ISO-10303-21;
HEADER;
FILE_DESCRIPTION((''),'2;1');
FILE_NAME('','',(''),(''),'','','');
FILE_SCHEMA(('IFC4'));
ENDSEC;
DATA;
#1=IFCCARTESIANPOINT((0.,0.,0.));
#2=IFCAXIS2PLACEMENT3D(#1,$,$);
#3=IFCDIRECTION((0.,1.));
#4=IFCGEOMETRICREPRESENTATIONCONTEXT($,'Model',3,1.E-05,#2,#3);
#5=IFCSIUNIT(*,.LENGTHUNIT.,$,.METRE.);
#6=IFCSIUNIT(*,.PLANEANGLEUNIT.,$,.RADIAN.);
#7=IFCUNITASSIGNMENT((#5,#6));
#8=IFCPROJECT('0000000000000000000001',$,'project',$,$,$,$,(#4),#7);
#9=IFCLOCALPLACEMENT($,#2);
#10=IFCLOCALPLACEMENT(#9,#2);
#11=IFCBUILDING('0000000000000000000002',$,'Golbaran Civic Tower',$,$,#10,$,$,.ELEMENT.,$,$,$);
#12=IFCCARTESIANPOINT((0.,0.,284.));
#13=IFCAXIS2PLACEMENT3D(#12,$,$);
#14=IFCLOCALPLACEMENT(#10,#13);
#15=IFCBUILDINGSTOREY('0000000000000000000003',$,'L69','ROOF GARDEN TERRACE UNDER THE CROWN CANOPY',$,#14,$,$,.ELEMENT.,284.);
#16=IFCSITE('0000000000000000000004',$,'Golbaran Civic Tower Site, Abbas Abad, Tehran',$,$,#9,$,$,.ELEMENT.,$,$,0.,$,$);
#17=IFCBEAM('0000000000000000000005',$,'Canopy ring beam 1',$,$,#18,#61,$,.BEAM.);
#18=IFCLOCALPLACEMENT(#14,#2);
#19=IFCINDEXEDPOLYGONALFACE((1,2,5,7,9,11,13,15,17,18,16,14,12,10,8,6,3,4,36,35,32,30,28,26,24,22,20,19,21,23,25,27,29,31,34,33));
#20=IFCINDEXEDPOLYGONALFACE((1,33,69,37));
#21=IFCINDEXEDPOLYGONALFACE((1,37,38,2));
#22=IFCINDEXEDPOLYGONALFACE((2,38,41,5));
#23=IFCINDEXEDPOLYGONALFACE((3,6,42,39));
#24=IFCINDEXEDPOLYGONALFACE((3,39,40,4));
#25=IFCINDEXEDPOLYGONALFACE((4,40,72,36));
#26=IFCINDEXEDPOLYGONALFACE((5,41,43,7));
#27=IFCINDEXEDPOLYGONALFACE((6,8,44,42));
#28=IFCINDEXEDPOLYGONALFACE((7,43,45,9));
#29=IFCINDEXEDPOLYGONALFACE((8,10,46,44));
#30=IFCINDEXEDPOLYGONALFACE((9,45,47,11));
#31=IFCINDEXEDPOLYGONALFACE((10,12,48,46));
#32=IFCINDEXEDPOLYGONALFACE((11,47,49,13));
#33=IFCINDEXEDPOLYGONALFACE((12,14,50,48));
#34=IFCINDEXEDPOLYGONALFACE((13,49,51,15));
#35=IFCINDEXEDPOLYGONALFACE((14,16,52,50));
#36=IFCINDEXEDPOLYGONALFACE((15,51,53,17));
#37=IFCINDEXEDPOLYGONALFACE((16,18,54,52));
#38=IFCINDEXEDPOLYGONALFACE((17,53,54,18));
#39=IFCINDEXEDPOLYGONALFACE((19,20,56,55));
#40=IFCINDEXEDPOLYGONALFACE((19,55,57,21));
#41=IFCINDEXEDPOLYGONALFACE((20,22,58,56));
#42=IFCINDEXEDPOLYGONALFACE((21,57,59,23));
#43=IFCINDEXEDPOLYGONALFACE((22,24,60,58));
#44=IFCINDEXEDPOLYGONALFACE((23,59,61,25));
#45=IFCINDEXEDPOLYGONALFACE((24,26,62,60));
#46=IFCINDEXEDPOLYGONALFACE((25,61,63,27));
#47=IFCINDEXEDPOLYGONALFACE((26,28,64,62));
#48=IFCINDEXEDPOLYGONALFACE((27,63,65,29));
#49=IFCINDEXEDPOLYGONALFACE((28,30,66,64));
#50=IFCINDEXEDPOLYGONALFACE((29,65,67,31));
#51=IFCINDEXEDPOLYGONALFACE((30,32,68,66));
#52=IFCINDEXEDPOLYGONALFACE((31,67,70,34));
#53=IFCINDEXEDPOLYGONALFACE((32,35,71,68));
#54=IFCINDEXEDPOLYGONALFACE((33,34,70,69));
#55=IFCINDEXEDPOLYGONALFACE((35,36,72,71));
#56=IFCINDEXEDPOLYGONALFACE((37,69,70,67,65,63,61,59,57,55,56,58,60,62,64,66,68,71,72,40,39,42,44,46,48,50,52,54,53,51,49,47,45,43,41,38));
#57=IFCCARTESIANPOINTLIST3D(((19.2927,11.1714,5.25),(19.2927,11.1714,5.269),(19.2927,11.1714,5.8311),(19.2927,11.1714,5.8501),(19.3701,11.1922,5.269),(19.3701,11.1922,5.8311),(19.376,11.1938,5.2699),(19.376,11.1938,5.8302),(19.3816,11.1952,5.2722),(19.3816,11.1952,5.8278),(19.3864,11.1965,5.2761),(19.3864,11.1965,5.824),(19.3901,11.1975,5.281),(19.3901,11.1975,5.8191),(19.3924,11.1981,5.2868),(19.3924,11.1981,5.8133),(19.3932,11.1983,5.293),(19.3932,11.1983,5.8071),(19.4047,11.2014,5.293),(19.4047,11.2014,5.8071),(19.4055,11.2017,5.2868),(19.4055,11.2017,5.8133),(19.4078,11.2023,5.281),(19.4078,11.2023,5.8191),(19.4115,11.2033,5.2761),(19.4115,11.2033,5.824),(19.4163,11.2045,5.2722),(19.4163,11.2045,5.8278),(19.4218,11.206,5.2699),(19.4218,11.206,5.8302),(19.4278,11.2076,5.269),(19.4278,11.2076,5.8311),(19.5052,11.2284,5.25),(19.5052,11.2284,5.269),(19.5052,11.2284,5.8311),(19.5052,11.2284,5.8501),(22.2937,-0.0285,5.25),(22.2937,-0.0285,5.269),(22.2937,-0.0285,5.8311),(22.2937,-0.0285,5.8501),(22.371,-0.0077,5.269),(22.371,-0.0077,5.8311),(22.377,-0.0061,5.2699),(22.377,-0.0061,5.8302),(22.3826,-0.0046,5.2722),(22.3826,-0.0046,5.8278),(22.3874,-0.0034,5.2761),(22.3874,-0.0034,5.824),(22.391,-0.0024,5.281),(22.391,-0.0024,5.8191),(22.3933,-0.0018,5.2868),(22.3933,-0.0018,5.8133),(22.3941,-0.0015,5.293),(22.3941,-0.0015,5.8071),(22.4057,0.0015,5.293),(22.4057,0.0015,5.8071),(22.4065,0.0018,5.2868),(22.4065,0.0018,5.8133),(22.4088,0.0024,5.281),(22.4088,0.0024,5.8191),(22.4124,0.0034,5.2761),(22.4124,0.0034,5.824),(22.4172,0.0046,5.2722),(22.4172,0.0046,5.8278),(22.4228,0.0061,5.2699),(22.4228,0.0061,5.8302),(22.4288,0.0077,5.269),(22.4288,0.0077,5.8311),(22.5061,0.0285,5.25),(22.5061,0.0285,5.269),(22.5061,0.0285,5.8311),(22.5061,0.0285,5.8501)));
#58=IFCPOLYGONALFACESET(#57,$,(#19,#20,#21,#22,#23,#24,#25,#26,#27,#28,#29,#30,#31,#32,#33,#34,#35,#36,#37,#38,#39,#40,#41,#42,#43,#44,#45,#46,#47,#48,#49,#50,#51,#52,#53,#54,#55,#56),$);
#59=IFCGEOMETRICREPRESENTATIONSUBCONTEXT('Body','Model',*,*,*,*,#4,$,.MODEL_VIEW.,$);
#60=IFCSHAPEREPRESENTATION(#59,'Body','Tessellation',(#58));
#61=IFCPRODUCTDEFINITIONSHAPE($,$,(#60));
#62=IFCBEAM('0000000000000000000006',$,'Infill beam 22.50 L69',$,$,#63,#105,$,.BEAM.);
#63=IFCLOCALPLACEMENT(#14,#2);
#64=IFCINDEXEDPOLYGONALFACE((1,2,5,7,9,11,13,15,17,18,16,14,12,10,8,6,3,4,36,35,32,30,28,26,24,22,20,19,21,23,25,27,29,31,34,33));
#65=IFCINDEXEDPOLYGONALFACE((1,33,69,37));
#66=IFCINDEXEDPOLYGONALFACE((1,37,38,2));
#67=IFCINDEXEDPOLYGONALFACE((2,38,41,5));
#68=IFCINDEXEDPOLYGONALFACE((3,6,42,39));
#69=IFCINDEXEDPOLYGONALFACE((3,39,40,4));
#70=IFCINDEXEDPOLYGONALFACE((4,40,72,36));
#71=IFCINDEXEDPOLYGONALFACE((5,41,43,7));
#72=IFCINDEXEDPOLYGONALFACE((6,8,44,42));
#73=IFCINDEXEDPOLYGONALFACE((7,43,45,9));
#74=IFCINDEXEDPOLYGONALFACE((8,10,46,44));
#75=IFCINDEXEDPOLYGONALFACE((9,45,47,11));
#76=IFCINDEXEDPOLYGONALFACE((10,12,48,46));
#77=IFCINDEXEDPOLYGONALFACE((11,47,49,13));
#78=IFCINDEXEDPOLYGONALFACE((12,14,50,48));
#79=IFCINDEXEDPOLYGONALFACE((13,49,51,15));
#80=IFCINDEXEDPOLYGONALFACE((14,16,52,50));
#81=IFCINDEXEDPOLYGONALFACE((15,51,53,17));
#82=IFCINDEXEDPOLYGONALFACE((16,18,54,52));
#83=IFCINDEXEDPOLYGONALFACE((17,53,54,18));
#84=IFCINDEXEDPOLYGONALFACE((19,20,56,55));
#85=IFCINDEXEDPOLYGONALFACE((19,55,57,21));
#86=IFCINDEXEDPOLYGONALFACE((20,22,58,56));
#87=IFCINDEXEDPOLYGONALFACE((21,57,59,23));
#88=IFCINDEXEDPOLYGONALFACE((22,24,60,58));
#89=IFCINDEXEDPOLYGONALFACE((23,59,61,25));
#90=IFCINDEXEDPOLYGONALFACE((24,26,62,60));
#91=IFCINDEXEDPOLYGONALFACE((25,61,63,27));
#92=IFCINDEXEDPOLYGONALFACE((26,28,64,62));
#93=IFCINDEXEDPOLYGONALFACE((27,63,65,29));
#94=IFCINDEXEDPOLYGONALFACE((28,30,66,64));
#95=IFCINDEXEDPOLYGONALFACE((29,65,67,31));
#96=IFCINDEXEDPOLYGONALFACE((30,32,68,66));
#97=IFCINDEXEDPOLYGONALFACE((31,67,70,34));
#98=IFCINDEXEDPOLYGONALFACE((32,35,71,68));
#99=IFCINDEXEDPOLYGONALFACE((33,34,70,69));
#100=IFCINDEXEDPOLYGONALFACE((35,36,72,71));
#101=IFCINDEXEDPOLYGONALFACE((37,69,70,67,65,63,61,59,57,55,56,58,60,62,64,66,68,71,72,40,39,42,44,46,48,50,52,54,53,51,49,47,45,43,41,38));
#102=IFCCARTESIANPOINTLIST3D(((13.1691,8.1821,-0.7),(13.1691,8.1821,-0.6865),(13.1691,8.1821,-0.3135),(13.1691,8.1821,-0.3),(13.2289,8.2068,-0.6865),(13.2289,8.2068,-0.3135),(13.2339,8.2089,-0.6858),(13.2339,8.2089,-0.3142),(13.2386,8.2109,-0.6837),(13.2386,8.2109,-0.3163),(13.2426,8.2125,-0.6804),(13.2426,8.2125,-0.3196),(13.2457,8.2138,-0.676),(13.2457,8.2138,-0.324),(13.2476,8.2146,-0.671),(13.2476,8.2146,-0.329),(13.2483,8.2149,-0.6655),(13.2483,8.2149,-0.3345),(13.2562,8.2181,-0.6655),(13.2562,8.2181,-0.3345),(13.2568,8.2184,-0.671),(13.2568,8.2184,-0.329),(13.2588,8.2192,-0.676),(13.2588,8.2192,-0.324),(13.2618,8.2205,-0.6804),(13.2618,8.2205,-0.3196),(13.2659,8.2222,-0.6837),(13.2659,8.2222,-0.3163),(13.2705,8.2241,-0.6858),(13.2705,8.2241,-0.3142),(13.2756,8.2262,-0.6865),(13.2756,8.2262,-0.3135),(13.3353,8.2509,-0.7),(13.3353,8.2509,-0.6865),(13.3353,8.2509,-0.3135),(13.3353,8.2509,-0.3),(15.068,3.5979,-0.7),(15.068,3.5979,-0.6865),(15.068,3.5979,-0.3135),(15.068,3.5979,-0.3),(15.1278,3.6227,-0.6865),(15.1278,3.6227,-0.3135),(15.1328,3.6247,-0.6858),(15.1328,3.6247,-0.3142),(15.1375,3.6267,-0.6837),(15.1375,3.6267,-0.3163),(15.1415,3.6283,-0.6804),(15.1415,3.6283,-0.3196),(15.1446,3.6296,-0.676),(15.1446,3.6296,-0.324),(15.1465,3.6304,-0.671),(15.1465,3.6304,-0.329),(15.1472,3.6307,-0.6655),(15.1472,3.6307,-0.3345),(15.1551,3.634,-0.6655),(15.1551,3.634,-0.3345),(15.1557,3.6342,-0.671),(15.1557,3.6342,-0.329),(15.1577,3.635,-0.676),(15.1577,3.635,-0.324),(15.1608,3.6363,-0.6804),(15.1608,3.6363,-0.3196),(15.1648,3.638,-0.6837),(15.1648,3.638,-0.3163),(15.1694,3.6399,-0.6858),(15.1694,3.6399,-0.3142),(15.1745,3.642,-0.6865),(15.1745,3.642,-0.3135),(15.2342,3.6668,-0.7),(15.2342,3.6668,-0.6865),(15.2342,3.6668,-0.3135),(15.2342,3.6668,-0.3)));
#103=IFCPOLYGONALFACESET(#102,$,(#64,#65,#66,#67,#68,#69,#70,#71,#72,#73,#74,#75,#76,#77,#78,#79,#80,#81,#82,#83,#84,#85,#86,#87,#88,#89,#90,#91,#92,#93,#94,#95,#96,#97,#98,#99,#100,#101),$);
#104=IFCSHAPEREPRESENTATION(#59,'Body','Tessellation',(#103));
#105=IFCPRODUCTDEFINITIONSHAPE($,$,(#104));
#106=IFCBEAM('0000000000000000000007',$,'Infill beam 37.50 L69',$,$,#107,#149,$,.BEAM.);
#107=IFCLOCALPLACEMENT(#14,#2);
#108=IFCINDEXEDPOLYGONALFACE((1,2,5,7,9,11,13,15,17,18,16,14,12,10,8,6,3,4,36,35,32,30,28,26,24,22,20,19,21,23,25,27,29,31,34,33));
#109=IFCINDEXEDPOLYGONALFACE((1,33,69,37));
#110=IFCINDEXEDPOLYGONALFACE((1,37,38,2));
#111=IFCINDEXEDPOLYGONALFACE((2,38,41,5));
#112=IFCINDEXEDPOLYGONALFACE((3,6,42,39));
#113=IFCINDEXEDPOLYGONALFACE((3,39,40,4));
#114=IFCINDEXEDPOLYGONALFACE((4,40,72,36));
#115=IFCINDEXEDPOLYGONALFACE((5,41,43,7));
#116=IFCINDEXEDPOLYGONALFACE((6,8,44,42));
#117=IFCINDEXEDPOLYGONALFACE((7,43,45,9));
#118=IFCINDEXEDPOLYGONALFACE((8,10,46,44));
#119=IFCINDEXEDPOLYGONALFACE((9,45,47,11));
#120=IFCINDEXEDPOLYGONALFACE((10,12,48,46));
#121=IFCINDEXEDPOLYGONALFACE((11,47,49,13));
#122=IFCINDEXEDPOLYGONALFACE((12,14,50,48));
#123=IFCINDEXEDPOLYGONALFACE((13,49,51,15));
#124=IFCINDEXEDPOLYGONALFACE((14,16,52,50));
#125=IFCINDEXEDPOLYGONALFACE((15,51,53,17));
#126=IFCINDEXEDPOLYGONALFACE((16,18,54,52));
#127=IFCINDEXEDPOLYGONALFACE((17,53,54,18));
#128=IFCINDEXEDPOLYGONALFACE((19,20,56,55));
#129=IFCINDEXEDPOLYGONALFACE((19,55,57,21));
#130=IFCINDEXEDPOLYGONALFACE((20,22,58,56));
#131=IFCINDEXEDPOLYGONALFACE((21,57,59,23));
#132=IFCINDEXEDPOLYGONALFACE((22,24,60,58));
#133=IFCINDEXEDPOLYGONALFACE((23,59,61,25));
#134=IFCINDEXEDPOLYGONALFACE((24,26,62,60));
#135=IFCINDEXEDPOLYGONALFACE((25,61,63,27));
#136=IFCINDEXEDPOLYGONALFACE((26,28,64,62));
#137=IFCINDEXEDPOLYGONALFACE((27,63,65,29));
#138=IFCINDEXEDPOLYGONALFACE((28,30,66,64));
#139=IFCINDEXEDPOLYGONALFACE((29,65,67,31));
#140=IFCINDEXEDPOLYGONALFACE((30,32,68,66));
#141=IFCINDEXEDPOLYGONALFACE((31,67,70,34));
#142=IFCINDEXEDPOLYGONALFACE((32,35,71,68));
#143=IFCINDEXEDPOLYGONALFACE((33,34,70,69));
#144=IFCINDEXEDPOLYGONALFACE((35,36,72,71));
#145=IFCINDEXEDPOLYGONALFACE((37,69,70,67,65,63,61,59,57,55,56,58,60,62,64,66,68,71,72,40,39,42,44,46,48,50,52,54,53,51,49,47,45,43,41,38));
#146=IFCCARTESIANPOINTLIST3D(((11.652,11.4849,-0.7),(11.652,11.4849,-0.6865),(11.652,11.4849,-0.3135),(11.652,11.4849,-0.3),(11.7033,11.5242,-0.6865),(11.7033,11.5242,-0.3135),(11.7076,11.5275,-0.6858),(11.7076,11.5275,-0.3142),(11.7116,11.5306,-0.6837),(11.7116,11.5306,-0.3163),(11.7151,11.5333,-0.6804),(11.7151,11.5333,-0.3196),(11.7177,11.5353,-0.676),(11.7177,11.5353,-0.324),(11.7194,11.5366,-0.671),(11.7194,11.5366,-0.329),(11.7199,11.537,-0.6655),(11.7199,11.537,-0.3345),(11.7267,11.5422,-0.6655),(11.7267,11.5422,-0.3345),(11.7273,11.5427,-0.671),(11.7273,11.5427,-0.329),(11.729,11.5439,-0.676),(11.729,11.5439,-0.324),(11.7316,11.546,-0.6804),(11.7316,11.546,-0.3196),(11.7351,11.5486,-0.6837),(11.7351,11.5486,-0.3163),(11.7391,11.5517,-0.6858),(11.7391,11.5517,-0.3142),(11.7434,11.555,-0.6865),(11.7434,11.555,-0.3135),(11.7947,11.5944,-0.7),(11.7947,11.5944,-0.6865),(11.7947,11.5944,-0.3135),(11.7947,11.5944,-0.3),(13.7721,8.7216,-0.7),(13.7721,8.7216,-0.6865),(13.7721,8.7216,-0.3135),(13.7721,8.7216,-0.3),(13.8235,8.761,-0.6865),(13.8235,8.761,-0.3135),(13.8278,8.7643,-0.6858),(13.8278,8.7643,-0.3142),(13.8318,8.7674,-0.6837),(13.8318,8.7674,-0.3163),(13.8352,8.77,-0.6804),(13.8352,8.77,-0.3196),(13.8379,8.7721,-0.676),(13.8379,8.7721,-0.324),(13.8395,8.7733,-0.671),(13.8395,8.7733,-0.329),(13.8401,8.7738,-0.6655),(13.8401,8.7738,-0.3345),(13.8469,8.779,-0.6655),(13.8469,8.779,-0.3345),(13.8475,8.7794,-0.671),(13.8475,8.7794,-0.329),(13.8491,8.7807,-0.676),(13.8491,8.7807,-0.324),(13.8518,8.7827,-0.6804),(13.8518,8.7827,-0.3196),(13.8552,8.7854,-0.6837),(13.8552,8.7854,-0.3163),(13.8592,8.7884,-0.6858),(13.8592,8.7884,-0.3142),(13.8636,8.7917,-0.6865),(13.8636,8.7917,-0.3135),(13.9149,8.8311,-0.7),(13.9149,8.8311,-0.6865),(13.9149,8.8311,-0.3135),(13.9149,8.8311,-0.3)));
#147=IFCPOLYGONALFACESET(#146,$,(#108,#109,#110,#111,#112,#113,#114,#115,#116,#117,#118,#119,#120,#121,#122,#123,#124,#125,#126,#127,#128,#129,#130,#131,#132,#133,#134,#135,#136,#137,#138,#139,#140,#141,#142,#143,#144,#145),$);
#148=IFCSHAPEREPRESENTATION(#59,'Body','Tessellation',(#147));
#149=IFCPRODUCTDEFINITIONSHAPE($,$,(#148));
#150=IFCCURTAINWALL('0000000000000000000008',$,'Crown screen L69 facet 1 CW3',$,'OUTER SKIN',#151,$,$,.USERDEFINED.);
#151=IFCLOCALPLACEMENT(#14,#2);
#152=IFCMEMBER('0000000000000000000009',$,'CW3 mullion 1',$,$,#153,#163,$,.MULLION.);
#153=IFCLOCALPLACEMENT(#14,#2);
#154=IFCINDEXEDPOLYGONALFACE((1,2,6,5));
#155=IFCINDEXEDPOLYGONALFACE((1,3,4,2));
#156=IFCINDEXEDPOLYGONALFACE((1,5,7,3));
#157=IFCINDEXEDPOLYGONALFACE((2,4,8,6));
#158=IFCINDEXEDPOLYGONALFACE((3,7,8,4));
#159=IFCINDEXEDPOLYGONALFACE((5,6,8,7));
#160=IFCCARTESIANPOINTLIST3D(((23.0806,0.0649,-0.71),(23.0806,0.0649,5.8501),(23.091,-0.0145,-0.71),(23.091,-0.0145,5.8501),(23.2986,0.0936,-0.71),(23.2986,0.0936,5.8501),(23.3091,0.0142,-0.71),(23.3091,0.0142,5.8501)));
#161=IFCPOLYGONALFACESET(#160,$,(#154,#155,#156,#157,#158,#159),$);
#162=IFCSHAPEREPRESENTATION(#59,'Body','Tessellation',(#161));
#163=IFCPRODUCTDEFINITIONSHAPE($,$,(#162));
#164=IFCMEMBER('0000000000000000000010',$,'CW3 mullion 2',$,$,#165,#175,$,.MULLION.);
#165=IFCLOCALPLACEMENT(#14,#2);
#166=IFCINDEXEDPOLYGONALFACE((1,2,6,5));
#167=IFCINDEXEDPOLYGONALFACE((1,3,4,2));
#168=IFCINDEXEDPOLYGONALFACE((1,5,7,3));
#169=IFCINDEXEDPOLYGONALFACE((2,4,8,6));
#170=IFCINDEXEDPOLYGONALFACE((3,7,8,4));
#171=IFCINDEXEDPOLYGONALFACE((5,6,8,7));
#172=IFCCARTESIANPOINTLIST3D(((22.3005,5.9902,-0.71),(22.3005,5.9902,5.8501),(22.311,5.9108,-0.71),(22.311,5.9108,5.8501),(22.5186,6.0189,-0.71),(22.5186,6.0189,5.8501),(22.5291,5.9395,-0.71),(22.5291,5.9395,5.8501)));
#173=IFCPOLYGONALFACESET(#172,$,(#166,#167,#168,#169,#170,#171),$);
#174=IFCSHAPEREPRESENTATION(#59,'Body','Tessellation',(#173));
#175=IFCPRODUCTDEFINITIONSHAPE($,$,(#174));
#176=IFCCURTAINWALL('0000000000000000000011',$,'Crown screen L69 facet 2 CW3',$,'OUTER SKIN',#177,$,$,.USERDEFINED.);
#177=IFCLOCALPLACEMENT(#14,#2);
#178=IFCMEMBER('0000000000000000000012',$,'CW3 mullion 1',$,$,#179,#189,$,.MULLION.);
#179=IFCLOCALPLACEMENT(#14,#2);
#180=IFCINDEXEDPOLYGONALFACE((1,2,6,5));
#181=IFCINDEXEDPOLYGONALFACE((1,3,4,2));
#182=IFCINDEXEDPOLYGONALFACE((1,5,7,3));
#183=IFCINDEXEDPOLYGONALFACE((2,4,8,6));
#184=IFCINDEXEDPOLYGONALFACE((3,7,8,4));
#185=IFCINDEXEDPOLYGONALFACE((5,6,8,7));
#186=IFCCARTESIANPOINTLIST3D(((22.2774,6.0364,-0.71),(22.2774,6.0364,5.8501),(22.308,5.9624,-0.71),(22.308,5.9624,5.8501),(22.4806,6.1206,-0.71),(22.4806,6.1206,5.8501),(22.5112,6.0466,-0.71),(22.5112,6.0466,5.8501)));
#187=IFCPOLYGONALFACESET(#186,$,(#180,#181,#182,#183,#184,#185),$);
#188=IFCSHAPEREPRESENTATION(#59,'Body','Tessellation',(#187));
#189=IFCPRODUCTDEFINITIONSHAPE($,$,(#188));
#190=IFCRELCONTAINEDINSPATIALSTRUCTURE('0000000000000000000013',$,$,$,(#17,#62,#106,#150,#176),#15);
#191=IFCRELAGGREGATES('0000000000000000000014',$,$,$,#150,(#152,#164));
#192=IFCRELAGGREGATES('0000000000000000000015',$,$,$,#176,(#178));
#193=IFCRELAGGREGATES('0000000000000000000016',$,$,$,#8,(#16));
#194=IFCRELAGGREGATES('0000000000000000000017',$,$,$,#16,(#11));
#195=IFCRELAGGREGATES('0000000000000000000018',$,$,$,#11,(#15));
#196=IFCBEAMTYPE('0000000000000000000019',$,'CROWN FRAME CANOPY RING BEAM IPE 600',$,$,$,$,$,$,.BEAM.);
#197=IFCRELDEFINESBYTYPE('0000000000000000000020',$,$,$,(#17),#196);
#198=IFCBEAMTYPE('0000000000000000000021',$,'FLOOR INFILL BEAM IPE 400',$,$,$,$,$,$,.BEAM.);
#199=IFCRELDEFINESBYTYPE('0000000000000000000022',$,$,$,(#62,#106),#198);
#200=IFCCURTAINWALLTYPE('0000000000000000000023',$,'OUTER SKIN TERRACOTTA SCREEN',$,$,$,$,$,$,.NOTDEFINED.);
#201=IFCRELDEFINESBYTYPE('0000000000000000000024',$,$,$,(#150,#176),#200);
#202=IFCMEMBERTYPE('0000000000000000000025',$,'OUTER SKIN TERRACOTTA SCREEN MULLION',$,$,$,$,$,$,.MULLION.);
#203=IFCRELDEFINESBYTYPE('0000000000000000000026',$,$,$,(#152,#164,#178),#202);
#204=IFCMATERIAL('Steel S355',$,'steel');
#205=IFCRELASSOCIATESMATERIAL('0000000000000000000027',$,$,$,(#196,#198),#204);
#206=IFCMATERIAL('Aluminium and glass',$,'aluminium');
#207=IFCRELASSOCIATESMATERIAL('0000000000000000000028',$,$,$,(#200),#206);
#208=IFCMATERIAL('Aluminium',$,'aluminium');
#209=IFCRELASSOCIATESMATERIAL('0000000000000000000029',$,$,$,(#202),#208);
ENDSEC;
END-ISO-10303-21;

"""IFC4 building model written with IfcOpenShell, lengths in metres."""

from ifc_helpers import new_model, si_unit, direction, frame, origin, origin_2d, place, context, subcontext, project, spatial, rectangle, i_section, extrude, material, material_profile, profile_set, type_object, element, aggregate, save


model = new_model("IFC4")

# Units and contexts
model_context = context("Model", 3, precision=1e-05, world=origin(), true_north=direction((0.0, 1.0)))
body_context = subcontext(model_context, "Body", "Model", "MODEL_VIEW")
ifc_project = project(units=[si_unit("LENGTHUNIT", "METRE"), si_unit("PLANEANGLEUNIT", "RADIAN")], contexts=[model_context])

# Site, building, storey
site_placement = place(None, origin())
site = spatial("IfcSite", under=ifc_project, at=site_placement, Name="Golbaran Civic Tower Site, Abbas Abad, Tehran", CompositionType="ELEMENT", RefElevation=0.0)
building_placement = place(site_placement, origin())
building = spatial("IfcBuilding", under=site, at=building_placement, Name="Golbaran Civic Tower", CompositionType="ELEMENT")
storey_placement = place(building_placement, frame((0.0, 0.0, 284.0)))
storey = spatial("IfcBuildingStorey", under=building, at=storey_placement, Name="L69", Description="ROOF GARDEN TERRACE UNDER THE CROWN CANOPY", CompositionType="ELEMENT", Elevation=284.0)

# Shared definitions
ifc_material_1 = material(Name="Steel S355", Category="steel")

# Beams
ifc_material_profile_1 = material_profile(ifc_material_1, i_section(OverallWidth=0.22, OverallDepth=0.6001, WebThickness=0.012, FlangeThickness=0.019, FilletRadius=0.0239, at=origin_2d()), Name="IPE 600")
ifc_profile_set_1 = profile_set([ifc_material_profile_1], Name="Steel S355")
beam_type_1 = type_object("IfcBeamType", Name="CROWN FRAME CANOPY RING BEAM IPE 600", PredefinedType="BEAM", material=ifc_profile_set_1)
beam_1_placement = place(storey_placement, frame((22.3999, 0.0, 5.55), z_axis=(-0.258816, 0.965927, 0.0), x_axis=(-0.965927, -0.258816, 0.0)))
element("IfcBeam", 1, at=beam_1_placement, inside=storey, type_object=beam_type_1, Name="Canopy ring beam 1", PredefinedType="BEAM", context=body_context, shape_type="SweptSolid", body=[
    extrude(i_section(OverallWidth=0.22, OverallDepth=0.6001, WebThickness=0.012, FlangeThickness=0.019, FilletRadius=0.0239, at=origin_2d()), origin(), (0.0, 0.0, 1.0), 11.595),
])
ifc_material_profile_2 = material_profile(ifc_material_1, i_section(OverallWidth=0.1799, OverallDepth=0.3999, WebThickness=0.0085, FlangeThickness=0.0134, FilletRadius=0.021, at=origin_2d()), Name="IPE 400")
ifc_profile_set_2 = profile_set([ifc_material_profile_2], Name="Steel S355")
beam_type_2 = type_object("IfcBeamType", Name="FLOOR INFILL BEAM IPE 400", PredefinedType="BEAM", material=ifc_profile_set_2)
beam_2_placement = place(storey_placement, frame((15.1511, 3.6323, -0.5), z_axis=(-0.382697, 0.923874, 0.0), x_axis=(-0.923874, -0.382697, 0.0)))
element("IfcBeam", 2, at=beam_2_placement, inside=storey, type_object=beam_type_2, Name="Infill beam 22.50 L69", PredefinedType="BEAM", context=body_context, shape_type="SweptSolid", body=[
    extrude(i_section(OverallWidth=0.1799, OverallDepth=0.3999, WebThickness=0.0085, FlangeThickness=0.0134, FilletRadius=0.021, at=origin_2d()), origin(), (0.0, 0.0, 1.0), 4.9619),
])
beam_3_placement = place(storey_placement, frame((13.8435, 8.7764, -0.5), z_axis=(-0.608735, 0.793374, 0.0), x_axis=(-0.793374, -0.608735, 0.0)))
element("IfcBeam", 3, at=beam_3_placement, inside=storey, type_object=beam_type_2, Name="Infill beam 37.50 L69", PredefinedType="BEAM", context=body_context, shape_type="SweptSolid", body=[
    extrude(i_section(OverallWidth=0.1799, OverallDepth=0.3999, WebThickness=0.0085, FlangeThickness=0.0134, FilletRadius=0.021, at=origin_2d()), origin(), (0.0, 0.0, 1.0), 3.4829),
])

# Curtain wall, members
ifc_material_2 = material(Name="Aluminium and glass", Category="aluminium")
curtain_wall_type = type_object("IfcCurtainWallType", Name="OUTER SKIN TERRACOTTA SCREEN", PredefinedType="NOTDEFINED", material=ifc_material_2)
curtain_wall_1_placement = place(storey_placement, origin())
curtain_wall_1 = element("IfcCurtainWall", 4, at=curtain_wall_1_placement, inside=storey, type_object=curtain_wall_type, Name="Crown screen L69 facet 1 CW3", ObjectType="OUTER SKIN", PredefinedType="USERDEFINED")
ifc_material_3 = material(Name="Aluminium", Category="aluminium")
ifc_material_profile_3 = material_profile(ifc_material_3, rectangle(XDim=0.22, YDim=0.0801, at=origin_2d()), Name="OUTER SKIN TERRACOTTA SCREEN MULLION")
ifc_profile_set_3 = profile_set([ifc_material_profile_3], Name="Aluminium")
member_type_1 = type_object("IfcMemberType", Name="OUTER SKIN TERRACOTTA SCREEN MULLION", PredefinedType="MULLION", material=ifc_profile_set_3)
member_1_placement = place(storey_placement, frame((23.1948, 0.0396, -0.71), z_axis=(0.0, 0.0, 1.0), x_axis=(-0.991445, -0.130526, 0.0)))
member_1 = element("IfcMember", 5, at=member_1_placement, type_object=member_type_1, Name="CW3 mullion 1", PredefinedType="MULLION", context=body_context, shape_type="SweptSolid", body=[
    extrude(rectangle(XDim=0.22, YDim=0.0801, at=origin_2d()), origin(), (0.0, 0.0, 1.0), 6.5601),
])
member_2_placement = place(storey_placement, frame((22.4148, 5.9648, -0.71), z_axis=(0.0, 0.0, 1.0), x_axis=(-0.991445, -0.130526, 0.0)))
member_2 = element("IfcMember", 6, at=member_2_placement, type_object=member_type_1, Name="CW3 mullion 2", PredefinedType="MULLION", context=body_context, shape_type="SweptSolid", body=[
    extrude(rectangle(XDim=0.22, YDim=0.0801, at=origin_2d()), origin(), (0.0, 0.0, 1.0), 6.5601),
])

# Curtain wall, member
curtain_wall_2_placement = place(storey_placement, origin())
curtain_wall_2 = element("IfcCurtainWall", 7, at=curtain_wall_2_placement, inside=storey, type_object=curtain_wall_type, Name="Crown screen L69 facet 2 CW3", ObjectType="OUTER SKIN", PredefinedType="USERDEFINED")
member_3_placement = place(storey_placement, frame((22.3943, 6.0415, -0.71), z_axis=(0.0, 0.0, 1.0), x_axis=(-0.92388, -0.382683, 0.0)))
member_3 = element("IfcMember", 8, at=member_3_placement, type_object=member_type_1, Name="CW3 mullion 1", PredefinedType="MULLION", context=body_context, shape_type="SweptSolid", body=[
    extrude(rectangle(XDim=0.22, YDim=0.0801, at=origin_2d()), origin(), (0.0, 0.0, 1.0), 6.5601),
])

aggregate(curtain_wall_1, [member_1, member_2])
aggregate(curtain_wall_2, [member_3])

save(model, "model.ifc")
